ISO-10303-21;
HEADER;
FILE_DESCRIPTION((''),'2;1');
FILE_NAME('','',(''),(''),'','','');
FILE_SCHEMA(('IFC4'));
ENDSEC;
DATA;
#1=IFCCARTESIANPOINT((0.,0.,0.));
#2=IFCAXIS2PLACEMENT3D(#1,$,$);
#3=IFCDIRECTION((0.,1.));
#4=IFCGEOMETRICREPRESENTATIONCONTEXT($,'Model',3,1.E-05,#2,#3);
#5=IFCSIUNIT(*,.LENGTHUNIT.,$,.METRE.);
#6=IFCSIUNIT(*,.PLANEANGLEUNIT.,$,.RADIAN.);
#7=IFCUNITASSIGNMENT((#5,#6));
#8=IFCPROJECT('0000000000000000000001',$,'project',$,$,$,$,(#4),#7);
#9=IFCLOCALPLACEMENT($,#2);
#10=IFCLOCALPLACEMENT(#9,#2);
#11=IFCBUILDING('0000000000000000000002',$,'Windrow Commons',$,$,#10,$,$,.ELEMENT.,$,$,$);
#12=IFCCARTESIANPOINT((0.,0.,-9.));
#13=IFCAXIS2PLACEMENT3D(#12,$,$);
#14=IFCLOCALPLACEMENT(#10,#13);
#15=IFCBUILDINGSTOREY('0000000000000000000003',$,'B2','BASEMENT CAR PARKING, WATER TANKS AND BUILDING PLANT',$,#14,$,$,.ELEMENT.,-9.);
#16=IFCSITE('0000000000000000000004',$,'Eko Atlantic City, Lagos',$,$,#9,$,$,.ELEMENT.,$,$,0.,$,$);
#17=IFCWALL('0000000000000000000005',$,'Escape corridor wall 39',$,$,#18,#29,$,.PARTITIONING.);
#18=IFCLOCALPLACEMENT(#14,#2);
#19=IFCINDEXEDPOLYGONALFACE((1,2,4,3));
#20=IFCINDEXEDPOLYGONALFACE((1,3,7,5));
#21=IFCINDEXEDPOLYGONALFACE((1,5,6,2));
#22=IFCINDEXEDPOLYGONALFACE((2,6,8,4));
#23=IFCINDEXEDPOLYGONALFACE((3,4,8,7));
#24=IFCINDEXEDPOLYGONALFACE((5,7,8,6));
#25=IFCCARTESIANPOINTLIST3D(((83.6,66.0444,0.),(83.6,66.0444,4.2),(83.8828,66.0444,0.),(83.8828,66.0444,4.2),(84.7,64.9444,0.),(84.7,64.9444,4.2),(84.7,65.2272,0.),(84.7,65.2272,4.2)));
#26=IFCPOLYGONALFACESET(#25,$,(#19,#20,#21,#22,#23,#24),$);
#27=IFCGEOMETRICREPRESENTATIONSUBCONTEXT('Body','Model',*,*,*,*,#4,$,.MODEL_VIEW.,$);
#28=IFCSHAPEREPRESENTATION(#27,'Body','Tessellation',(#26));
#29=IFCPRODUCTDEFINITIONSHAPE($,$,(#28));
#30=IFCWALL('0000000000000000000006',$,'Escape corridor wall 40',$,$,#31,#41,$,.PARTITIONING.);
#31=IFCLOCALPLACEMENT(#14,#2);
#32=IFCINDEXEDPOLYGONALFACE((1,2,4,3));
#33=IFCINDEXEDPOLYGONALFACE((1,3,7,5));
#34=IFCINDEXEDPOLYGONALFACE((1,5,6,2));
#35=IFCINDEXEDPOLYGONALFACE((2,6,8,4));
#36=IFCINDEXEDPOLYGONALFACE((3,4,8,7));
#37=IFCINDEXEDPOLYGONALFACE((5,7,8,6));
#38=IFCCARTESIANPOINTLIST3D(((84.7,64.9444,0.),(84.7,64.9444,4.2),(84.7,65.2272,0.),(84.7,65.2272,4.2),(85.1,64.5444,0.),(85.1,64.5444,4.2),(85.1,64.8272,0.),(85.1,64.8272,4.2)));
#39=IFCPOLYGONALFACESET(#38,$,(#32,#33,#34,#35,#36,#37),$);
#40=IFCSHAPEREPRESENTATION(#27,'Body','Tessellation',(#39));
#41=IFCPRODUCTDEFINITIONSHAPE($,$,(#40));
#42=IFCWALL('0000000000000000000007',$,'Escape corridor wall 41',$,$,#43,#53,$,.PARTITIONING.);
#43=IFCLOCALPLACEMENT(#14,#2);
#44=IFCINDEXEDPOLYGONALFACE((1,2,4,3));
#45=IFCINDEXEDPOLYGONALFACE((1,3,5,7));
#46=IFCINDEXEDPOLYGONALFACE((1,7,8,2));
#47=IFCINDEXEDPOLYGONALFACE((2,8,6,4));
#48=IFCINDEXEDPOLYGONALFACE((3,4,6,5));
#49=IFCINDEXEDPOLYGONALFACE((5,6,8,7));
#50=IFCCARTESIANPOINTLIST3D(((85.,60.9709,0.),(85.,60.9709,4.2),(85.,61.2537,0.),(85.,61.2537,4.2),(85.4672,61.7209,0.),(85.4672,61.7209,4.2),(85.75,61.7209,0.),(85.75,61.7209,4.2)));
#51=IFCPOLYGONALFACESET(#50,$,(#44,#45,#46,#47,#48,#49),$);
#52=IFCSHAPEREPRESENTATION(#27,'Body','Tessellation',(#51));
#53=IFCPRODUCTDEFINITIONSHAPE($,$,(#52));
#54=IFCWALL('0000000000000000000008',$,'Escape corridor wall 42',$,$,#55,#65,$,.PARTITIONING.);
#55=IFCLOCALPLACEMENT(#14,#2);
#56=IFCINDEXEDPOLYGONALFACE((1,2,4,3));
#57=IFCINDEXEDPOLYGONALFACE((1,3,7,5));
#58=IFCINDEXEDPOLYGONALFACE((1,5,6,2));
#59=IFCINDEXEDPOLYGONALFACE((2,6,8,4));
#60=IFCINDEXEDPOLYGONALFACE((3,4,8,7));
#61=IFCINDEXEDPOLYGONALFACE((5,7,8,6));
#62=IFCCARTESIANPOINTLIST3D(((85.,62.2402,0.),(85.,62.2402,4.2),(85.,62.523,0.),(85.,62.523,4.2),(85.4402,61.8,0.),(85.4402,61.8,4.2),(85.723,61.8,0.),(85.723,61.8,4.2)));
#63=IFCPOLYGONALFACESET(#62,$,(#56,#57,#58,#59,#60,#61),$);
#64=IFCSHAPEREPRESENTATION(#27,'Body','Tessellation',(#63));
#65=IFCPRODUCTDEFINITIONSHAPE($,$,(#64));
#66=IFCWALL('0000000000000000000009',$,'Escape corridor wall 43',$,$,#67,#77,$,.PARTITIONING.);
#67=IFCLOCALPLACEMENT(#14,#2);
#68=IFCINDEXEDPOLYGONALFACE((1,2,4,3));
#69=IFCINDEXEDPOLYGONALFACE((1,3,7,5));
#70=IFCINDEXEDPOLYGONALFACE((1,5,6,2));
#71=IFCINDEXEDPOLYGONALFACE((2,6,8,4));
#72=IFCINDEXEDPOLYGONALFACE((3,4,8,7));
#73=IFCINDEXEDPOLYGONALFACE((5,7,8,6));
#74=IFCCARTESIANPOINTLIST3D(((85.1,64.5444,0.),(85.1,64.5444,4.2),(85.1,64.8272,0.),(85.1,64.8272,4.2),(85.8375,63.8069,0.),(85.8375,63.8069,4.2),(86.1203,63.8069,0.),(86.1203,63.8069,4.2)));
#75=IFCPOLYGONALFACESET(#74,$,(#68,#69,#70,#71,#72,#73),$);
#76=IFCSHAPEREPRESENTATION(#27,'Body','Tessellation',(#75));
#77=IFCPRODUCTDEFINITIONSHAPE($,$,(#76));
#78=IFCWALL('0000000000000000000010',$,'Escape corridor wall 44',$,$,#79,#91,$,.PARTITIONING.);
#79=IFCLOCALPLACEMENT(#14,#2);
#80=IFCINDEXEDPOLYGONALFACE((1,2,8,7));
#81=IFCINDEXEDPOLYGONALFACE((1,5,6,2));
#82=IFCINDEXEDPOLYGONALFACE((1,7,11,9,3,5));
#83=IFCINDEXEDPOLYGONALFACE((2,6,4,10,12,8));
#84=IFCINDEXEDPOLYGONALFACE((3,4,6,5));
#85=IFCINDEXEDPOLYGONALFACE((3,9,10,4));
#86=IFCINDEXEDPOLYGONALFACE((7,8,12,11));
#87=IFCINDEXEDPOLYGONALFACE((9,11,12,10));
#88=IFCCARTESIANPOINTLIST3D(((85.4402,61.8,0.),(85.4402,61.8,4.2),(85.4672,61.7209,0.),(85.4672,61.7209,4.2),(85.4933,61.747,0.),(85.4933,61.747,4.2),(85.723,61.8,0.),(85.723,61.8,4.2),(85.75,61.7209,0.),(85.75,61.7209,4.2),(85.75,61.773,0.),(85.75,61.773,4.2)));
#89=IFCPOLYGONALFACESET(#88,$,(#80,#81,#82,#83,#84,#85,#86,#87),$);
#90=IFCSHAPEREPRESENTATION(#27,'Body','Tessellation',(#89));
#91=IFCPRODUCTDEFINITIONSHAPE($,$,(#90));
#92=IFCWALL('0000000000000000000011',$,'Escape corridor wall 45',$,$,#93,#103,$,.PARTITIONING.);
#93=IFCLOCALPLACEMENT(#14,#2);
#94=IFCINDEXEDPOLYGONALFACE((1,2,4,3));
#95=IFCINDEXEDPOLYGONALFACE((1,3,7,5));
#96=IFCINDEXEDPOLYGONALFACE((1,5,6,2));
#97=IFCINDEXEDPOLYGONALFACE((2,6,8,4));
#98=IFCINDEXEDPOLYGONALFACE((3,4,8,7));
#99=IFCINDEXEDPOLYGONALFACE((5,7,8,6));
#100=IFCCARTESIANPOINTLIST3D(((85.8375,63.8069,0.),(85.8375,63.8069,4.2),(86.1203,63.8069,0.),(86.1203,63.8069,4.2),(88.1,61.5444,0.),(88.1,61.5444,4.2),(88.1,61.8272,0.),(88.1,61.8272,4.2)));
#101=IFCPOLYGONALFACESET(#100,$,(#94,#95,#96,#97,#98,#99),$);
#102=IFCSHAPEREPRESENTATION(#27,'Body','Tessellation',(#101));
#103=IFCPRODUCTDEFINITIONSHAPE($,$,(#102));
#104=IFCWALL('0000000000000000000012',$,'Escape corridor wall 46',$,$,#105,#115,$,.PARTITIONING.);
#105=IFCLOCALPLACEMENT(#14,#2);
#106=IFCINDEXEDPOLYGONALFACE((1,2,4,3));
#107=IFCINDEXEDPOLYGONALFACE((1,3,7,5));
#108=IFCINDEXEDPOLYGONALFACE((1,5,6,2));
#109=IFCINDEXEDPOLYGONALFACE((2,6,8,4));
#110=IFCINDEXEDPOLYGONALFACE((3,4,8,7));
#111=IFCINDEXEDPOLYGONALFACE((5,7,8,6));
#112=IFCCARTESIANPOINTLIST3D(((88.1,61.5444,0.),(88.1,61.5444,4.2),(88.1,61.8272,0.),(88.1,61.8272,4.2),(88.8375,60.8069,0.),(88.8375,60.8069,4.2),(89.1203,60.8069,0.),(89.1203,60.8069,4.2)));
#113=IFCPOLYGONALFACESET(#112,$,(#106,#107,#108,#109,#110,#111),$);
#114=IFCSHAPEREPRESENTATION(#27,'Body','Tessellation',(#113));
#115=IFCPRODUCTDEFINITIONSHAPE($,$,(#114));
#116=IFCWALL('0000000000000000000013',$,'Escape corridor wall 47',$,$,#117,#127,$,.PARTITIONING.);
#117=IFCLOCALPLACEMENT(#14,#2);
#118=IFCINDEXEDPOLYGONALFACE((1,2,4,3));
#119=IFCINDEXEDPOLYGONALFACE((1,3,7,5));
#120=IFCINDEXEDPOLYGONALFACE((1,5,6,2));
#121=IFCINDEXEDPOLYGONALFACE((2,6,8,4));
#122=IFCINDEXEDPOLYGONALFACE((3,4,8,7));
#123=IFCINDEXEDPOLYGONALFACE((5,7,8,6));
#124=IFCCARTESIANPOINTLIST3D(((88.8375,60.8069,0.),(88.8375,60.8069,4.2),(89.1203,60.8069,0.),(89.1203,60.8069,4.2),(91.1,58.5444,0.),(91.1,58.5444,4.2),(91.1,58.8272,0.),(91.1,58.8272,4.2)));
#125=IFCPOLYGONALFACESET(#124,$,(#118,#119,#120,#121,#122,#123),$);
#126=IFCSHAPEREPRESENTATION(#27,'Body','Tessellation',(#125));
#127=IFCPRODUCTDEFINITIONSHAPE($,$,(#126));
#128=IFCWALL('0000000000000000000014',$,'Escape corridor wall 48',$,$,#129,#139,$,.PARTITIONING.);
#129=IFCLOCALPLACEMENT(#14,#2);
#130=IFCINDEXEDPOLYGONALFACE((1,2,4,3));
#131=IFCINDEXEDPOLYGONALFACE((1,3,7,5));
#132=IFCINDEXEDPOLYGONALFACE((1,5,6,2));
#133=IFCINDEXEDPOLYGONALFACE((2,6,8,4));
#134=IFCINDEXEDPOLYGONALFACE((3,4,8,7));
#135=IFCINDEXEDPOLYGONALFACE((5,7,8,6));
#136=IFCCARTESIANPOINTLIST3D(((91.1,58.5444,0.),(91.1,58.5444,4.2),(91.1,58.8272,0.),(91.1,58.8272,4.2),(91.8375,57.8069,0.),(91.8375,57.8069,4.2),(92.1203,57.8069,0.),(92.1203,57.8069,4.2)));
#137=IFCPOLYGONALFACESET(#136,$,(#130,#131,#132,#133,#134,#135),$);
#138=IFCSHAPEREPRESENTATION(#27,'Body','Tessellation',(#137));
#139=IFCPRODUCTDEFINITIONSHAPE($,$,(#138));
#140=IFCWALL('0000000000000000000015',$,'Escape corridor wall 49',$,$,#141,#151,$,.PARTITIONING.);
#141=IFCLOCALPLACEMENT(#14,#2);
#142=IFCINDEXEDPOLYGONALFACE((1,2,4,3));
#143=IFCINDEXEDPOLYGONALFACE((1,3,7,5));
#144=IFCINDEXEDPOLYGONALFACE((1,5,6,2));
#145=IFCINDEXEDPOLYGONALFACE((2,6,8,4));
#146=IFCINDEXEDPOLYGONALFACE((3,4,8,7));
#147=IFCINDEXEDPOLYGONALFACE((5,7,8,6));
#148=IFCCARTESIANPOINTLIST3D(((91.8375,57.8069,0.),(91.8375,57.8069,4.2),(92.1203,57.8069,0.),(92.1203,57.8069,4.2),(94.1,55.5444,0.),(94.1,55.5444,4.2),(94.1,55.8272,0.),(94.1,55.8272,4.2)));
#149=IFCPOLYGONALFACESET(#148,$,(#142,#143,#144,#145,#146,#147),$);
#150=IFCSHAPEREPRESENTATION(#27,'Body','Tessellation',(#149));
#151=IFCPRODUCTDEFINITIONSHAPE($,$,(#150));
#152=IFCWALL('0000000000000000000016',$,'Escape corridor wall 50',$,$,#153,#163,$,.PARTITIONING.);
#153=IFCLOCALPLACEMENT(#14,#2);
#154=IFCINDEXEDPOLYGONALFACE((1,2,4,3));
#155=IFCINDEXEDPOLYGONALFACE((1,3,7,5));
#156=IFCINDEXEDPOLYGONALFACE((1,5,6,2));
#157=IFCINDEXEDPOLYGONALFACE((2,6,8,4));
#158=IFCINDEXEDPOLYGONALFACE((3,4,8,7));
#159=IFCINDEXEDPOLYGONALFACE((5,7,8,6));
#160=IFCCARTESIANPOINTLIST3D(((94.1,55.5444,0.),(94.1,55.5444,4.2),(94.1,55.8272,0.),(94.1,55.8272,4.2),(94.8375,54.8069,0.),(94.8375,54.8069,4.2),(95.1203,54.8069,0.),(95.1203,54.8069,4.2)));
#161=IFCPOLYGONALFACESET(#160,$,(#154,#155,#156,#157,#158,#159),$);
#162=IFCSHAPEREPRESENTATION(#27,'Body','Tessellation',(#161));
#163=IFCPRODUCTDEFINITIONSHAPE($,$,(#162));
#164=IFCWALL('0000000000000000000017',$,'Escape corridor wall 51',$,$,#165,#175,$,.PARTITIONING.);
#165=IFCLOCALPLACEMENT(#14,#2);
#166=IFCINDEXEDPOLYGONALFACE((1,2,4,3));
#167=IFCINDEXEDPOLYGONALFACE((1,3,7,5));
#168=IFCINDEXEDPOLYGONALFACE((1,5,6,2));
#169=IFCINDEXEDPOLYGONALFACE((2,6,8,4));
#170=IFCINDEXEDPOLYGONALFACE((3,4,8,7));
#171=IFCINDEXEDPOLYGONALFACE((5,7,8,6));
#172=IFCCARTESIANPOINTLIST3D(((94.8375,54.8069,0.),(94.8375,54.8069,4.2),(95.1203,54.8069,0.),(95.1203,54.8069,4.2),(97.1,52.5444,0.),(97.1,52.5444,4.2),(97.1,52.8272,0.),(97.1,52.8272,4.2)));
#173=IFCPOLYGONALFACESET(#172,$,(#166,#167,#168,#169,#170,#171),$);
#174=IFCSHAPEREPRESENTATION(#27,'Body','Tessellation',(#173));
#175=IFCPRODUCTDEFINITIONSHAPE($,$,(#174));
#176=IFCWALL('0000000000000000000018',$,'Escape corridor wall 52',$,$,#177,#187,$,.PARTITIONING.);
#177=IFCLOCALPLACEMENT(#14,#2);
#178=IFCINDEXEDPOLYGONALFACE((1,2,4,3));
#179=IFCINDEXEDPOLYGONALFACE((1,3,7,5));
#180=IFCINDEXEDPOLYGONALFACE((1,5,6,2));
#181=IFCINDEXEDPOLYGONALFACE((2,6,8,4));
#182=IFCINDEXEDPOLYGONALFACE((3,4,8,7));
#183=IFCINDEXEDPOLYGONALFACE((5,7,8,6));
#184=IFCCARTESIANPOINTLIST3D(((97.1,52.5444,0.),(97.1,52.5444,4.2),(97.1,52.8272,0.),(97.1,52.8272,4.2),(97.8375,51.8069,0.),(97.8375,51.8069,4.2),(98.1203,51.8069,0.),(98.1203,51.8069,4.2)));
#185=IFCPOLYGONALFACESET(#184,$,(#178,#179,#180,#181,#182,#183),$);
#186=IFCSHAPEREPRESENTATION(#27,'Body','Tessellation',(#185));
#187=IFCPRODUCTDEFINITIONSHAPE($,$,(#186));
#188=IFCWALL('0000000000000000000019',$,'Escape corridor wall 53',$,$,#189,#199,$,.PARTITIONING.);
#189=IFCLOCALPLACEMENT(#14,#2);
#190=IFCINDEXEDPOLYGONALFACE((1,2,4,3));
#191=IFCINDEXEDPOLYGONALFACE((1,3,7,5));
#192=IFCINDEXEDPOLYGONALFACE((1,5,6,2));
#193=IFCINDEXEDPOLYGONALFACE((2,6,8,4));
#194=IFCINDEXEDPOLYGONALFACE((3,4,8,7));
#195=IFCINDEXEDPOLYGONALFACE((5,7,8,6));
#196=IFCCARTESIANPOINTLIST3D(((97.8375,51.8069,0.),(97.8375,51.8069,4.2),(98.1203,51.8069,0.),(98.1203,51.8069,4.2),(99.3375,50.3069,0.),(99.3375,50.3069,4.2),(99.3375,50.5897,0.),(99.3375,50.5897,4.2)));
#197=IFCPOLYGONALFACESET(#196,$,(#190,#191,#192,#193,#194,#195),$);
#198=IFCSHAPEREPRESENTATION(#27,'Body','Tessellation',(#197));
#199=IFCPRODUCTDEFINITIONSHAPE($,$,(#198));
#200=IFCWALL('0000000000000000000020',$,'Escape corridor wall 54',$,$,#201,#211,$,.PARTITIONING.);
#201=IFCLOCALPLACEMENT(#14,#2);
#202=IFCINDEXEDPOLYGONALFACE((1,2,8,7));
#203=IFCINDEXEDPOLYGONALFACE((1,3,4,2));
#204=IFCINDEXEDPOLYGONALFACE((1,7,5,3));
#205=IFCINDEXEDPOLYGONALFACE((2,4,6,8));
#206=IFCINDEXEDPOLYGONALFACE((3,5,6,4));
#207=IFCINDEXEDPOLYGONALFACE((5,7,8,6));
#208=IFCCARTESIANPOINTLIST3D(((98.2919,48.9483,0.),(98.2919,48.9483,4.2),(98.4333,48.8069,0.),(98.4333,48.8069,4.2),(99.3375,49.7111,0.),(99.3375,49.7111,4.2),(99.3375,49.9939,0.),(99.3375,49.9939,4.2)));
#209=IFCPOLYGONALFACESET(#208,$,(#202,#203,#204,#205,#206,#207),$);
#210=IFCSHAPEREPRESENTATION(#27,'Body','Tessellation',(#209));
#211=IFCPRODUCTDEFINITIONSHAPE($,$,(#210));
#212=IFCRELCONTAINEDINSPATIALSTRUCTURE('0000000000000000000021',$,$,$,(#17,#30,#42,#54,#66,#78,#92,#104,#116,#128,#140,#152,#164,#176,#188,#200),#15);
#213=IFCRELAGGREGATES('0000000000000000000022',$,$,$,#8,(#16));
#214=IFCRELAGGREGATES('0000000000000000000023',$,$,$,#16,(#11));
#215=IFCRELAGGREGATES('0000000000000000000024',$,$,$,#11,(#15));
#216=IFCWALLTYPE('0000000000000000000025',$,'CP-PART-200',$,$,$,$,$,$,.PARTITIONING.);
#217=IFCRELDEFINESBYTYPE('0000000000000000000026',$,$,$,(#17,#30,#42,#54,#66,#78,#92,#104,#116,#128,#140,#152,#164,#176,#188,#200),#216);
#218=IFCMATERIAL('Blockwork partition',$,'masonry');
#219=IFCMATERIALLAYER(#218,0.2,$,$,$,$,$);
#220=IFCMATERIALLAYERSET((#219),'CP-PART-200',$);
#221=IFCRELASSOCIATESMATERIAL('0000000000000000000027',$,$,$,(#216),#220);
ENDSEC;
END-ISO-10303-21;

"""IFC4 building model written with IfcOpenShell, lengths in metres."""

from ifc_helpers import new_model, si_unit, direction, frame, origin, place, context, subcontext, project, spatial, polyline, outline, extrude, material, layer, layer_set, type_object, element, save


model = new_model("IFC4")

# Units and contexts
model_context = context("Model", 3, precision=1e-05, world=origin(), true_north=direction((0.0, 1.0)))
body_context = subcontext(model_context, "Body", "Model", "MODEL_VIEW")
ifc_project = project(units=[si_unit("LENGTHUNIT", "METRE"), si_unit("PLANEANGLEUNIT", "RADIAN")], contexts=[model_context])

# Site, building, storey
site_placement = place(None, origin())
site = spatial("IfcSite", under=ifc_project, at=site_placement, Name="Eko Atlantic City, Lagos", CompositionType="ELEMENT", RefElevation=0.0)
building_placement = place(site_placement, origin())
building = spatial("IfcBuilding", under=site, at=building_placement, Name="Windrow Commons", CompositionType="ELEMENT")
storey_placement = place(building_placement, frame((0.0, 0.0, -9.0)))
storey = spatial("IfcBuildingStorey", under=building, at=storey_placement, Name="B2", Description="BASEMENT CAR PARKING, WATER TANKS AND BUILDING PLANT", CompositionType="ELEMENT", Elevation=-9.0)

# Walls
ifc_material_1 = material(Name="Blockwork partition", Category="masonry")
ifc_layer_1 = layer(ifc_material_1, 0.2)
ifc_layer_set_1 = layer_set([ifc_layer_1], Name="CP-PART-200")
wall_type_1 = type_object("IfcWallType", Name="CP-PART-200", PredefinedType="PARTITIONING", material=ifc_layer_set_1)
placement = place(storey_placement, origin())
element("IfcWall", 1, at=placement, inside=storey, type_object=wall_type_1, Name="Escape corridor wall 39", PredefinedType="PARTITIONING", context=body_context, shape_type="SweptSolid", body=[
    extrude(outline(polyline([(84.7, 65.2272), (83.8828, 66.0444), (83.6, 66.0444), (84.7, 64.9444), (84.7, 65.2272)])), origin(), (0.0, 0.0, 1.0), 4.2),
])
element("IfcWall", 2, at=placement, inside=storey, type_object=wall_type_1, Name="Escape corridor wall 40", PredefinedType="PARTITIONING", context=body_context, shape_type="SweptSolid", body=[
    extrude(outline(polyline([(85.1, 64.8272), (84.7, 65.2272), (84.7, 64.9444), (85.1, 64.5444), (85.1, 64.8272)])), origin(), (0.0, 0.0, 1.0), 4.2),
])
element("IfcWall", 3, at=placement, inside=storey, type_object=wall_type_1, Name="Escape corridor wall 41", PredefinedType="PARTITIONING", context=body_context, shape_type="SweptSolid", body=[
    extrude(outline(polyline([(85.0, 61.2537), (85.0, 60.9709), (85.75, 61.7209), (85.4672, 61.7209), (85.0, 61.2537)])), origin(), (0.0, 0.0, 1.0), 4.2),
])
element("IfcWall", 4, at=placement, inside=storey, type_object=wall_type_1, Name="Escape corridor wall 42", PredefinedType="PARTITIONING", context=body_context, shape_type="SweptSolid", body=[
    extrude(outline(polyline([(85.723, 61.8), (85.0, 62.523), (85.0, 62.2402), (85.4402, 61.8), (85.723, 61.8)])), origin(), (0.0, 0.0, 1.0), 4.2),
])
element("IfcWall", 5, at=placement, inside=storey, type_object=wall_type_1, Name="Escape corridor wall 43", PredefinedType="PARTITIONING", context=body_context, shape_type="SweptSolid", body=[
    extrude(outline(polyline([(86.1203, 63.8069), (85.1, 64.8272), (85.1, 64.5444), (85.8375, 63.8069), (86.1203, 63.8069)])), origin(), (0.0, 0.0, 1.0), 4.2),
])
element("IfcWall", 6, at=placement, inside=storey, type_object=wall_type_1, Name="Escape corridor wall 44", PredefinedType="PARTITIONING", context=body_context, shape_type="SweptSolid", body=[
    extrude(outline(polyline([(85.4933, 61.747), (85.4672, 61.7209), (85.75, 61.7209), (85.75, 61.773), (85.723, 61.8), (85.4402, 61.8), (85.4933, 61.747)])), origin(), (0.0, 0.0, 1.0), 4.2),
])
element("IfcWall", 7, at=placement, inside=storey, type_object=wall_type_1, Name="Escape corridor wall 45", PredefinedType="PARTITIONING", context=body_context, shape_type="SweptSolid", body=[
    extrude(outline(polyline([(88.1, 61.8272), (86.1203, 63.8069), (85.8375, 63.8069), (88.1, 61.5444), (88.1, 61.8272)])), origin(), (0.0, 0.0, 1.0), 4.2),
])
element("IfcWall", 8, at=placement, inside=storey, type_object=wall_type_1, Name="Escape corridor wall 46", PredefinedType="PARTITIONING", context=body_context, shape_type="SweptSolid", body=[
    extrude(outline(polyline([(89.1203, 60.8069), (88.1, 61.8272), (88.1, 61.5444), (88.8375, 60.8069), (89.1203, 60.8069)])), origin(), (0.0, 0.0, 1.0), 4.2),
])
element("IfcWall", 9, at=placement, inside=storey, type_object=wall_type_1, Name="Escape corridor wall 47", PredefinedType="PARTITIONING", context=body_context, shape_type="SweptSolid", body=[
    extrude(outline(polyline([(91.1, 58.8272), (89.1203, 60.8069), (88.8375, 60.8069), (91.1, 58.5444), (91.1, 58.8272)])), origin(), (0.0, 0.0, 1.0), 4.2),
])
element("IfcWall", 10, at=placement, inside=storey, type_object=wall_type_1, Name="Escape corridor wall 48", PredefinedType="PARTITIONING", context=body_context, shape_type="SweptSolid", body=[
    extrude(outline(polyline([(92.1203, 57.8069), (91.1, 58.8272), (91.1, 58.5444), (91.8375, 57.8069), (92.1203, 57.8069)])), origin(), (0.0, 0.0, 1.0), 4.2),
])
element("IfcWall", 11, at=placement, inside=storey, type_object=wall_type_1, Name="Escape corridor wall 49", PredefinedType="PARTITIONING", context=body_context, shape_type="SweptSolid", body=[
    extrude(outline(polyline([(94.1, 55.8272), (92.1203, 57.8069), (91.8375, 57.8069), (94.1, 55.5444), (94.1, 55.8272)])), origin(), (0.0, 0.0, 1.0), 4.2),
])
element("IfcWall", 12, at=placement, inside=storey, type_object=wall_type_1, Name="Escape corridor wall 50", PredefinedType="PARTITIONING", context=body_context, shape_type="SweptSolid", body=[
    extrude(outline(polyline([(95.1203, 54.8069), (94.1, 55.8272), (94.1, 55.5444), (94.8375, 54.8069), (95.1203, 54.8069)])), origin(), (0.0, 0.0, 1.0), 4.2),
])
element("IfcWall", 13, at=placement, inside=storey, type_object=wall_type_1, Name="Escape corridor wall 51", PredefinedType="PARTITIONING", context=body_context, shape_type="SweptSolid", body=[
    extrude(outline(polyline([(97.1, 52.8272), (95.1203, 54.8069), (94.8375, 54.8069), (97.1, 52.5444), (97.1, 52.8272)])), origin(), (0.0, 0.0, 1.0), 4.2),
])
element("IfcWall", 14, at=placement, inside=storey, type_object=wall_type_1, Name="Escape corridor wall 52", PredefinedType="PARTITIONING", context=body_context, shape_type="SweptSolid", body=[
    extrude(outline(polyline([(98.1203, 51.8069), (97.1, 52.8272), (97.1, 52.5444), (97.8375, 51.8069), (98.1203, 51.8069)])), origin(), (0.0, 0.0, 1.0), 4.2),
])
element("IfcWall", 15, at=placement, inside=storey, type_object=wall_type_1, Name="Escape corridor wall 53", PredefinedType="PARTITIONING", context=body_context, shape_type="SweptSolid", body=[
    extrude(outline(polyline([(97.8375, 51.8069), (99.3375, 50.3069), (99.3375, 50.5897), (98.1203, 51.8069), (97.8375, 51.8069)])), origin(), (0.0, 0.0, 1.0), 4.2),
])
element("IfcWall", 16, at=placement, inside=storey, type_object=wall_type_1, Name="Escape corridor wall 54", PredefinedType="PARTITIONING", context=body_context, shape_type="SweptSolid", body=[
    extrude(outline(polyline([(98.4333, 48.8069), (99.3375, 49.7111), (99.3375, 49.9939), (98.2919, 48.9483), (98.4333, 48.8069)])), origin(), (0.0, 0.0, 1.0), 4.2),
])

save(model, "model.ifc")
